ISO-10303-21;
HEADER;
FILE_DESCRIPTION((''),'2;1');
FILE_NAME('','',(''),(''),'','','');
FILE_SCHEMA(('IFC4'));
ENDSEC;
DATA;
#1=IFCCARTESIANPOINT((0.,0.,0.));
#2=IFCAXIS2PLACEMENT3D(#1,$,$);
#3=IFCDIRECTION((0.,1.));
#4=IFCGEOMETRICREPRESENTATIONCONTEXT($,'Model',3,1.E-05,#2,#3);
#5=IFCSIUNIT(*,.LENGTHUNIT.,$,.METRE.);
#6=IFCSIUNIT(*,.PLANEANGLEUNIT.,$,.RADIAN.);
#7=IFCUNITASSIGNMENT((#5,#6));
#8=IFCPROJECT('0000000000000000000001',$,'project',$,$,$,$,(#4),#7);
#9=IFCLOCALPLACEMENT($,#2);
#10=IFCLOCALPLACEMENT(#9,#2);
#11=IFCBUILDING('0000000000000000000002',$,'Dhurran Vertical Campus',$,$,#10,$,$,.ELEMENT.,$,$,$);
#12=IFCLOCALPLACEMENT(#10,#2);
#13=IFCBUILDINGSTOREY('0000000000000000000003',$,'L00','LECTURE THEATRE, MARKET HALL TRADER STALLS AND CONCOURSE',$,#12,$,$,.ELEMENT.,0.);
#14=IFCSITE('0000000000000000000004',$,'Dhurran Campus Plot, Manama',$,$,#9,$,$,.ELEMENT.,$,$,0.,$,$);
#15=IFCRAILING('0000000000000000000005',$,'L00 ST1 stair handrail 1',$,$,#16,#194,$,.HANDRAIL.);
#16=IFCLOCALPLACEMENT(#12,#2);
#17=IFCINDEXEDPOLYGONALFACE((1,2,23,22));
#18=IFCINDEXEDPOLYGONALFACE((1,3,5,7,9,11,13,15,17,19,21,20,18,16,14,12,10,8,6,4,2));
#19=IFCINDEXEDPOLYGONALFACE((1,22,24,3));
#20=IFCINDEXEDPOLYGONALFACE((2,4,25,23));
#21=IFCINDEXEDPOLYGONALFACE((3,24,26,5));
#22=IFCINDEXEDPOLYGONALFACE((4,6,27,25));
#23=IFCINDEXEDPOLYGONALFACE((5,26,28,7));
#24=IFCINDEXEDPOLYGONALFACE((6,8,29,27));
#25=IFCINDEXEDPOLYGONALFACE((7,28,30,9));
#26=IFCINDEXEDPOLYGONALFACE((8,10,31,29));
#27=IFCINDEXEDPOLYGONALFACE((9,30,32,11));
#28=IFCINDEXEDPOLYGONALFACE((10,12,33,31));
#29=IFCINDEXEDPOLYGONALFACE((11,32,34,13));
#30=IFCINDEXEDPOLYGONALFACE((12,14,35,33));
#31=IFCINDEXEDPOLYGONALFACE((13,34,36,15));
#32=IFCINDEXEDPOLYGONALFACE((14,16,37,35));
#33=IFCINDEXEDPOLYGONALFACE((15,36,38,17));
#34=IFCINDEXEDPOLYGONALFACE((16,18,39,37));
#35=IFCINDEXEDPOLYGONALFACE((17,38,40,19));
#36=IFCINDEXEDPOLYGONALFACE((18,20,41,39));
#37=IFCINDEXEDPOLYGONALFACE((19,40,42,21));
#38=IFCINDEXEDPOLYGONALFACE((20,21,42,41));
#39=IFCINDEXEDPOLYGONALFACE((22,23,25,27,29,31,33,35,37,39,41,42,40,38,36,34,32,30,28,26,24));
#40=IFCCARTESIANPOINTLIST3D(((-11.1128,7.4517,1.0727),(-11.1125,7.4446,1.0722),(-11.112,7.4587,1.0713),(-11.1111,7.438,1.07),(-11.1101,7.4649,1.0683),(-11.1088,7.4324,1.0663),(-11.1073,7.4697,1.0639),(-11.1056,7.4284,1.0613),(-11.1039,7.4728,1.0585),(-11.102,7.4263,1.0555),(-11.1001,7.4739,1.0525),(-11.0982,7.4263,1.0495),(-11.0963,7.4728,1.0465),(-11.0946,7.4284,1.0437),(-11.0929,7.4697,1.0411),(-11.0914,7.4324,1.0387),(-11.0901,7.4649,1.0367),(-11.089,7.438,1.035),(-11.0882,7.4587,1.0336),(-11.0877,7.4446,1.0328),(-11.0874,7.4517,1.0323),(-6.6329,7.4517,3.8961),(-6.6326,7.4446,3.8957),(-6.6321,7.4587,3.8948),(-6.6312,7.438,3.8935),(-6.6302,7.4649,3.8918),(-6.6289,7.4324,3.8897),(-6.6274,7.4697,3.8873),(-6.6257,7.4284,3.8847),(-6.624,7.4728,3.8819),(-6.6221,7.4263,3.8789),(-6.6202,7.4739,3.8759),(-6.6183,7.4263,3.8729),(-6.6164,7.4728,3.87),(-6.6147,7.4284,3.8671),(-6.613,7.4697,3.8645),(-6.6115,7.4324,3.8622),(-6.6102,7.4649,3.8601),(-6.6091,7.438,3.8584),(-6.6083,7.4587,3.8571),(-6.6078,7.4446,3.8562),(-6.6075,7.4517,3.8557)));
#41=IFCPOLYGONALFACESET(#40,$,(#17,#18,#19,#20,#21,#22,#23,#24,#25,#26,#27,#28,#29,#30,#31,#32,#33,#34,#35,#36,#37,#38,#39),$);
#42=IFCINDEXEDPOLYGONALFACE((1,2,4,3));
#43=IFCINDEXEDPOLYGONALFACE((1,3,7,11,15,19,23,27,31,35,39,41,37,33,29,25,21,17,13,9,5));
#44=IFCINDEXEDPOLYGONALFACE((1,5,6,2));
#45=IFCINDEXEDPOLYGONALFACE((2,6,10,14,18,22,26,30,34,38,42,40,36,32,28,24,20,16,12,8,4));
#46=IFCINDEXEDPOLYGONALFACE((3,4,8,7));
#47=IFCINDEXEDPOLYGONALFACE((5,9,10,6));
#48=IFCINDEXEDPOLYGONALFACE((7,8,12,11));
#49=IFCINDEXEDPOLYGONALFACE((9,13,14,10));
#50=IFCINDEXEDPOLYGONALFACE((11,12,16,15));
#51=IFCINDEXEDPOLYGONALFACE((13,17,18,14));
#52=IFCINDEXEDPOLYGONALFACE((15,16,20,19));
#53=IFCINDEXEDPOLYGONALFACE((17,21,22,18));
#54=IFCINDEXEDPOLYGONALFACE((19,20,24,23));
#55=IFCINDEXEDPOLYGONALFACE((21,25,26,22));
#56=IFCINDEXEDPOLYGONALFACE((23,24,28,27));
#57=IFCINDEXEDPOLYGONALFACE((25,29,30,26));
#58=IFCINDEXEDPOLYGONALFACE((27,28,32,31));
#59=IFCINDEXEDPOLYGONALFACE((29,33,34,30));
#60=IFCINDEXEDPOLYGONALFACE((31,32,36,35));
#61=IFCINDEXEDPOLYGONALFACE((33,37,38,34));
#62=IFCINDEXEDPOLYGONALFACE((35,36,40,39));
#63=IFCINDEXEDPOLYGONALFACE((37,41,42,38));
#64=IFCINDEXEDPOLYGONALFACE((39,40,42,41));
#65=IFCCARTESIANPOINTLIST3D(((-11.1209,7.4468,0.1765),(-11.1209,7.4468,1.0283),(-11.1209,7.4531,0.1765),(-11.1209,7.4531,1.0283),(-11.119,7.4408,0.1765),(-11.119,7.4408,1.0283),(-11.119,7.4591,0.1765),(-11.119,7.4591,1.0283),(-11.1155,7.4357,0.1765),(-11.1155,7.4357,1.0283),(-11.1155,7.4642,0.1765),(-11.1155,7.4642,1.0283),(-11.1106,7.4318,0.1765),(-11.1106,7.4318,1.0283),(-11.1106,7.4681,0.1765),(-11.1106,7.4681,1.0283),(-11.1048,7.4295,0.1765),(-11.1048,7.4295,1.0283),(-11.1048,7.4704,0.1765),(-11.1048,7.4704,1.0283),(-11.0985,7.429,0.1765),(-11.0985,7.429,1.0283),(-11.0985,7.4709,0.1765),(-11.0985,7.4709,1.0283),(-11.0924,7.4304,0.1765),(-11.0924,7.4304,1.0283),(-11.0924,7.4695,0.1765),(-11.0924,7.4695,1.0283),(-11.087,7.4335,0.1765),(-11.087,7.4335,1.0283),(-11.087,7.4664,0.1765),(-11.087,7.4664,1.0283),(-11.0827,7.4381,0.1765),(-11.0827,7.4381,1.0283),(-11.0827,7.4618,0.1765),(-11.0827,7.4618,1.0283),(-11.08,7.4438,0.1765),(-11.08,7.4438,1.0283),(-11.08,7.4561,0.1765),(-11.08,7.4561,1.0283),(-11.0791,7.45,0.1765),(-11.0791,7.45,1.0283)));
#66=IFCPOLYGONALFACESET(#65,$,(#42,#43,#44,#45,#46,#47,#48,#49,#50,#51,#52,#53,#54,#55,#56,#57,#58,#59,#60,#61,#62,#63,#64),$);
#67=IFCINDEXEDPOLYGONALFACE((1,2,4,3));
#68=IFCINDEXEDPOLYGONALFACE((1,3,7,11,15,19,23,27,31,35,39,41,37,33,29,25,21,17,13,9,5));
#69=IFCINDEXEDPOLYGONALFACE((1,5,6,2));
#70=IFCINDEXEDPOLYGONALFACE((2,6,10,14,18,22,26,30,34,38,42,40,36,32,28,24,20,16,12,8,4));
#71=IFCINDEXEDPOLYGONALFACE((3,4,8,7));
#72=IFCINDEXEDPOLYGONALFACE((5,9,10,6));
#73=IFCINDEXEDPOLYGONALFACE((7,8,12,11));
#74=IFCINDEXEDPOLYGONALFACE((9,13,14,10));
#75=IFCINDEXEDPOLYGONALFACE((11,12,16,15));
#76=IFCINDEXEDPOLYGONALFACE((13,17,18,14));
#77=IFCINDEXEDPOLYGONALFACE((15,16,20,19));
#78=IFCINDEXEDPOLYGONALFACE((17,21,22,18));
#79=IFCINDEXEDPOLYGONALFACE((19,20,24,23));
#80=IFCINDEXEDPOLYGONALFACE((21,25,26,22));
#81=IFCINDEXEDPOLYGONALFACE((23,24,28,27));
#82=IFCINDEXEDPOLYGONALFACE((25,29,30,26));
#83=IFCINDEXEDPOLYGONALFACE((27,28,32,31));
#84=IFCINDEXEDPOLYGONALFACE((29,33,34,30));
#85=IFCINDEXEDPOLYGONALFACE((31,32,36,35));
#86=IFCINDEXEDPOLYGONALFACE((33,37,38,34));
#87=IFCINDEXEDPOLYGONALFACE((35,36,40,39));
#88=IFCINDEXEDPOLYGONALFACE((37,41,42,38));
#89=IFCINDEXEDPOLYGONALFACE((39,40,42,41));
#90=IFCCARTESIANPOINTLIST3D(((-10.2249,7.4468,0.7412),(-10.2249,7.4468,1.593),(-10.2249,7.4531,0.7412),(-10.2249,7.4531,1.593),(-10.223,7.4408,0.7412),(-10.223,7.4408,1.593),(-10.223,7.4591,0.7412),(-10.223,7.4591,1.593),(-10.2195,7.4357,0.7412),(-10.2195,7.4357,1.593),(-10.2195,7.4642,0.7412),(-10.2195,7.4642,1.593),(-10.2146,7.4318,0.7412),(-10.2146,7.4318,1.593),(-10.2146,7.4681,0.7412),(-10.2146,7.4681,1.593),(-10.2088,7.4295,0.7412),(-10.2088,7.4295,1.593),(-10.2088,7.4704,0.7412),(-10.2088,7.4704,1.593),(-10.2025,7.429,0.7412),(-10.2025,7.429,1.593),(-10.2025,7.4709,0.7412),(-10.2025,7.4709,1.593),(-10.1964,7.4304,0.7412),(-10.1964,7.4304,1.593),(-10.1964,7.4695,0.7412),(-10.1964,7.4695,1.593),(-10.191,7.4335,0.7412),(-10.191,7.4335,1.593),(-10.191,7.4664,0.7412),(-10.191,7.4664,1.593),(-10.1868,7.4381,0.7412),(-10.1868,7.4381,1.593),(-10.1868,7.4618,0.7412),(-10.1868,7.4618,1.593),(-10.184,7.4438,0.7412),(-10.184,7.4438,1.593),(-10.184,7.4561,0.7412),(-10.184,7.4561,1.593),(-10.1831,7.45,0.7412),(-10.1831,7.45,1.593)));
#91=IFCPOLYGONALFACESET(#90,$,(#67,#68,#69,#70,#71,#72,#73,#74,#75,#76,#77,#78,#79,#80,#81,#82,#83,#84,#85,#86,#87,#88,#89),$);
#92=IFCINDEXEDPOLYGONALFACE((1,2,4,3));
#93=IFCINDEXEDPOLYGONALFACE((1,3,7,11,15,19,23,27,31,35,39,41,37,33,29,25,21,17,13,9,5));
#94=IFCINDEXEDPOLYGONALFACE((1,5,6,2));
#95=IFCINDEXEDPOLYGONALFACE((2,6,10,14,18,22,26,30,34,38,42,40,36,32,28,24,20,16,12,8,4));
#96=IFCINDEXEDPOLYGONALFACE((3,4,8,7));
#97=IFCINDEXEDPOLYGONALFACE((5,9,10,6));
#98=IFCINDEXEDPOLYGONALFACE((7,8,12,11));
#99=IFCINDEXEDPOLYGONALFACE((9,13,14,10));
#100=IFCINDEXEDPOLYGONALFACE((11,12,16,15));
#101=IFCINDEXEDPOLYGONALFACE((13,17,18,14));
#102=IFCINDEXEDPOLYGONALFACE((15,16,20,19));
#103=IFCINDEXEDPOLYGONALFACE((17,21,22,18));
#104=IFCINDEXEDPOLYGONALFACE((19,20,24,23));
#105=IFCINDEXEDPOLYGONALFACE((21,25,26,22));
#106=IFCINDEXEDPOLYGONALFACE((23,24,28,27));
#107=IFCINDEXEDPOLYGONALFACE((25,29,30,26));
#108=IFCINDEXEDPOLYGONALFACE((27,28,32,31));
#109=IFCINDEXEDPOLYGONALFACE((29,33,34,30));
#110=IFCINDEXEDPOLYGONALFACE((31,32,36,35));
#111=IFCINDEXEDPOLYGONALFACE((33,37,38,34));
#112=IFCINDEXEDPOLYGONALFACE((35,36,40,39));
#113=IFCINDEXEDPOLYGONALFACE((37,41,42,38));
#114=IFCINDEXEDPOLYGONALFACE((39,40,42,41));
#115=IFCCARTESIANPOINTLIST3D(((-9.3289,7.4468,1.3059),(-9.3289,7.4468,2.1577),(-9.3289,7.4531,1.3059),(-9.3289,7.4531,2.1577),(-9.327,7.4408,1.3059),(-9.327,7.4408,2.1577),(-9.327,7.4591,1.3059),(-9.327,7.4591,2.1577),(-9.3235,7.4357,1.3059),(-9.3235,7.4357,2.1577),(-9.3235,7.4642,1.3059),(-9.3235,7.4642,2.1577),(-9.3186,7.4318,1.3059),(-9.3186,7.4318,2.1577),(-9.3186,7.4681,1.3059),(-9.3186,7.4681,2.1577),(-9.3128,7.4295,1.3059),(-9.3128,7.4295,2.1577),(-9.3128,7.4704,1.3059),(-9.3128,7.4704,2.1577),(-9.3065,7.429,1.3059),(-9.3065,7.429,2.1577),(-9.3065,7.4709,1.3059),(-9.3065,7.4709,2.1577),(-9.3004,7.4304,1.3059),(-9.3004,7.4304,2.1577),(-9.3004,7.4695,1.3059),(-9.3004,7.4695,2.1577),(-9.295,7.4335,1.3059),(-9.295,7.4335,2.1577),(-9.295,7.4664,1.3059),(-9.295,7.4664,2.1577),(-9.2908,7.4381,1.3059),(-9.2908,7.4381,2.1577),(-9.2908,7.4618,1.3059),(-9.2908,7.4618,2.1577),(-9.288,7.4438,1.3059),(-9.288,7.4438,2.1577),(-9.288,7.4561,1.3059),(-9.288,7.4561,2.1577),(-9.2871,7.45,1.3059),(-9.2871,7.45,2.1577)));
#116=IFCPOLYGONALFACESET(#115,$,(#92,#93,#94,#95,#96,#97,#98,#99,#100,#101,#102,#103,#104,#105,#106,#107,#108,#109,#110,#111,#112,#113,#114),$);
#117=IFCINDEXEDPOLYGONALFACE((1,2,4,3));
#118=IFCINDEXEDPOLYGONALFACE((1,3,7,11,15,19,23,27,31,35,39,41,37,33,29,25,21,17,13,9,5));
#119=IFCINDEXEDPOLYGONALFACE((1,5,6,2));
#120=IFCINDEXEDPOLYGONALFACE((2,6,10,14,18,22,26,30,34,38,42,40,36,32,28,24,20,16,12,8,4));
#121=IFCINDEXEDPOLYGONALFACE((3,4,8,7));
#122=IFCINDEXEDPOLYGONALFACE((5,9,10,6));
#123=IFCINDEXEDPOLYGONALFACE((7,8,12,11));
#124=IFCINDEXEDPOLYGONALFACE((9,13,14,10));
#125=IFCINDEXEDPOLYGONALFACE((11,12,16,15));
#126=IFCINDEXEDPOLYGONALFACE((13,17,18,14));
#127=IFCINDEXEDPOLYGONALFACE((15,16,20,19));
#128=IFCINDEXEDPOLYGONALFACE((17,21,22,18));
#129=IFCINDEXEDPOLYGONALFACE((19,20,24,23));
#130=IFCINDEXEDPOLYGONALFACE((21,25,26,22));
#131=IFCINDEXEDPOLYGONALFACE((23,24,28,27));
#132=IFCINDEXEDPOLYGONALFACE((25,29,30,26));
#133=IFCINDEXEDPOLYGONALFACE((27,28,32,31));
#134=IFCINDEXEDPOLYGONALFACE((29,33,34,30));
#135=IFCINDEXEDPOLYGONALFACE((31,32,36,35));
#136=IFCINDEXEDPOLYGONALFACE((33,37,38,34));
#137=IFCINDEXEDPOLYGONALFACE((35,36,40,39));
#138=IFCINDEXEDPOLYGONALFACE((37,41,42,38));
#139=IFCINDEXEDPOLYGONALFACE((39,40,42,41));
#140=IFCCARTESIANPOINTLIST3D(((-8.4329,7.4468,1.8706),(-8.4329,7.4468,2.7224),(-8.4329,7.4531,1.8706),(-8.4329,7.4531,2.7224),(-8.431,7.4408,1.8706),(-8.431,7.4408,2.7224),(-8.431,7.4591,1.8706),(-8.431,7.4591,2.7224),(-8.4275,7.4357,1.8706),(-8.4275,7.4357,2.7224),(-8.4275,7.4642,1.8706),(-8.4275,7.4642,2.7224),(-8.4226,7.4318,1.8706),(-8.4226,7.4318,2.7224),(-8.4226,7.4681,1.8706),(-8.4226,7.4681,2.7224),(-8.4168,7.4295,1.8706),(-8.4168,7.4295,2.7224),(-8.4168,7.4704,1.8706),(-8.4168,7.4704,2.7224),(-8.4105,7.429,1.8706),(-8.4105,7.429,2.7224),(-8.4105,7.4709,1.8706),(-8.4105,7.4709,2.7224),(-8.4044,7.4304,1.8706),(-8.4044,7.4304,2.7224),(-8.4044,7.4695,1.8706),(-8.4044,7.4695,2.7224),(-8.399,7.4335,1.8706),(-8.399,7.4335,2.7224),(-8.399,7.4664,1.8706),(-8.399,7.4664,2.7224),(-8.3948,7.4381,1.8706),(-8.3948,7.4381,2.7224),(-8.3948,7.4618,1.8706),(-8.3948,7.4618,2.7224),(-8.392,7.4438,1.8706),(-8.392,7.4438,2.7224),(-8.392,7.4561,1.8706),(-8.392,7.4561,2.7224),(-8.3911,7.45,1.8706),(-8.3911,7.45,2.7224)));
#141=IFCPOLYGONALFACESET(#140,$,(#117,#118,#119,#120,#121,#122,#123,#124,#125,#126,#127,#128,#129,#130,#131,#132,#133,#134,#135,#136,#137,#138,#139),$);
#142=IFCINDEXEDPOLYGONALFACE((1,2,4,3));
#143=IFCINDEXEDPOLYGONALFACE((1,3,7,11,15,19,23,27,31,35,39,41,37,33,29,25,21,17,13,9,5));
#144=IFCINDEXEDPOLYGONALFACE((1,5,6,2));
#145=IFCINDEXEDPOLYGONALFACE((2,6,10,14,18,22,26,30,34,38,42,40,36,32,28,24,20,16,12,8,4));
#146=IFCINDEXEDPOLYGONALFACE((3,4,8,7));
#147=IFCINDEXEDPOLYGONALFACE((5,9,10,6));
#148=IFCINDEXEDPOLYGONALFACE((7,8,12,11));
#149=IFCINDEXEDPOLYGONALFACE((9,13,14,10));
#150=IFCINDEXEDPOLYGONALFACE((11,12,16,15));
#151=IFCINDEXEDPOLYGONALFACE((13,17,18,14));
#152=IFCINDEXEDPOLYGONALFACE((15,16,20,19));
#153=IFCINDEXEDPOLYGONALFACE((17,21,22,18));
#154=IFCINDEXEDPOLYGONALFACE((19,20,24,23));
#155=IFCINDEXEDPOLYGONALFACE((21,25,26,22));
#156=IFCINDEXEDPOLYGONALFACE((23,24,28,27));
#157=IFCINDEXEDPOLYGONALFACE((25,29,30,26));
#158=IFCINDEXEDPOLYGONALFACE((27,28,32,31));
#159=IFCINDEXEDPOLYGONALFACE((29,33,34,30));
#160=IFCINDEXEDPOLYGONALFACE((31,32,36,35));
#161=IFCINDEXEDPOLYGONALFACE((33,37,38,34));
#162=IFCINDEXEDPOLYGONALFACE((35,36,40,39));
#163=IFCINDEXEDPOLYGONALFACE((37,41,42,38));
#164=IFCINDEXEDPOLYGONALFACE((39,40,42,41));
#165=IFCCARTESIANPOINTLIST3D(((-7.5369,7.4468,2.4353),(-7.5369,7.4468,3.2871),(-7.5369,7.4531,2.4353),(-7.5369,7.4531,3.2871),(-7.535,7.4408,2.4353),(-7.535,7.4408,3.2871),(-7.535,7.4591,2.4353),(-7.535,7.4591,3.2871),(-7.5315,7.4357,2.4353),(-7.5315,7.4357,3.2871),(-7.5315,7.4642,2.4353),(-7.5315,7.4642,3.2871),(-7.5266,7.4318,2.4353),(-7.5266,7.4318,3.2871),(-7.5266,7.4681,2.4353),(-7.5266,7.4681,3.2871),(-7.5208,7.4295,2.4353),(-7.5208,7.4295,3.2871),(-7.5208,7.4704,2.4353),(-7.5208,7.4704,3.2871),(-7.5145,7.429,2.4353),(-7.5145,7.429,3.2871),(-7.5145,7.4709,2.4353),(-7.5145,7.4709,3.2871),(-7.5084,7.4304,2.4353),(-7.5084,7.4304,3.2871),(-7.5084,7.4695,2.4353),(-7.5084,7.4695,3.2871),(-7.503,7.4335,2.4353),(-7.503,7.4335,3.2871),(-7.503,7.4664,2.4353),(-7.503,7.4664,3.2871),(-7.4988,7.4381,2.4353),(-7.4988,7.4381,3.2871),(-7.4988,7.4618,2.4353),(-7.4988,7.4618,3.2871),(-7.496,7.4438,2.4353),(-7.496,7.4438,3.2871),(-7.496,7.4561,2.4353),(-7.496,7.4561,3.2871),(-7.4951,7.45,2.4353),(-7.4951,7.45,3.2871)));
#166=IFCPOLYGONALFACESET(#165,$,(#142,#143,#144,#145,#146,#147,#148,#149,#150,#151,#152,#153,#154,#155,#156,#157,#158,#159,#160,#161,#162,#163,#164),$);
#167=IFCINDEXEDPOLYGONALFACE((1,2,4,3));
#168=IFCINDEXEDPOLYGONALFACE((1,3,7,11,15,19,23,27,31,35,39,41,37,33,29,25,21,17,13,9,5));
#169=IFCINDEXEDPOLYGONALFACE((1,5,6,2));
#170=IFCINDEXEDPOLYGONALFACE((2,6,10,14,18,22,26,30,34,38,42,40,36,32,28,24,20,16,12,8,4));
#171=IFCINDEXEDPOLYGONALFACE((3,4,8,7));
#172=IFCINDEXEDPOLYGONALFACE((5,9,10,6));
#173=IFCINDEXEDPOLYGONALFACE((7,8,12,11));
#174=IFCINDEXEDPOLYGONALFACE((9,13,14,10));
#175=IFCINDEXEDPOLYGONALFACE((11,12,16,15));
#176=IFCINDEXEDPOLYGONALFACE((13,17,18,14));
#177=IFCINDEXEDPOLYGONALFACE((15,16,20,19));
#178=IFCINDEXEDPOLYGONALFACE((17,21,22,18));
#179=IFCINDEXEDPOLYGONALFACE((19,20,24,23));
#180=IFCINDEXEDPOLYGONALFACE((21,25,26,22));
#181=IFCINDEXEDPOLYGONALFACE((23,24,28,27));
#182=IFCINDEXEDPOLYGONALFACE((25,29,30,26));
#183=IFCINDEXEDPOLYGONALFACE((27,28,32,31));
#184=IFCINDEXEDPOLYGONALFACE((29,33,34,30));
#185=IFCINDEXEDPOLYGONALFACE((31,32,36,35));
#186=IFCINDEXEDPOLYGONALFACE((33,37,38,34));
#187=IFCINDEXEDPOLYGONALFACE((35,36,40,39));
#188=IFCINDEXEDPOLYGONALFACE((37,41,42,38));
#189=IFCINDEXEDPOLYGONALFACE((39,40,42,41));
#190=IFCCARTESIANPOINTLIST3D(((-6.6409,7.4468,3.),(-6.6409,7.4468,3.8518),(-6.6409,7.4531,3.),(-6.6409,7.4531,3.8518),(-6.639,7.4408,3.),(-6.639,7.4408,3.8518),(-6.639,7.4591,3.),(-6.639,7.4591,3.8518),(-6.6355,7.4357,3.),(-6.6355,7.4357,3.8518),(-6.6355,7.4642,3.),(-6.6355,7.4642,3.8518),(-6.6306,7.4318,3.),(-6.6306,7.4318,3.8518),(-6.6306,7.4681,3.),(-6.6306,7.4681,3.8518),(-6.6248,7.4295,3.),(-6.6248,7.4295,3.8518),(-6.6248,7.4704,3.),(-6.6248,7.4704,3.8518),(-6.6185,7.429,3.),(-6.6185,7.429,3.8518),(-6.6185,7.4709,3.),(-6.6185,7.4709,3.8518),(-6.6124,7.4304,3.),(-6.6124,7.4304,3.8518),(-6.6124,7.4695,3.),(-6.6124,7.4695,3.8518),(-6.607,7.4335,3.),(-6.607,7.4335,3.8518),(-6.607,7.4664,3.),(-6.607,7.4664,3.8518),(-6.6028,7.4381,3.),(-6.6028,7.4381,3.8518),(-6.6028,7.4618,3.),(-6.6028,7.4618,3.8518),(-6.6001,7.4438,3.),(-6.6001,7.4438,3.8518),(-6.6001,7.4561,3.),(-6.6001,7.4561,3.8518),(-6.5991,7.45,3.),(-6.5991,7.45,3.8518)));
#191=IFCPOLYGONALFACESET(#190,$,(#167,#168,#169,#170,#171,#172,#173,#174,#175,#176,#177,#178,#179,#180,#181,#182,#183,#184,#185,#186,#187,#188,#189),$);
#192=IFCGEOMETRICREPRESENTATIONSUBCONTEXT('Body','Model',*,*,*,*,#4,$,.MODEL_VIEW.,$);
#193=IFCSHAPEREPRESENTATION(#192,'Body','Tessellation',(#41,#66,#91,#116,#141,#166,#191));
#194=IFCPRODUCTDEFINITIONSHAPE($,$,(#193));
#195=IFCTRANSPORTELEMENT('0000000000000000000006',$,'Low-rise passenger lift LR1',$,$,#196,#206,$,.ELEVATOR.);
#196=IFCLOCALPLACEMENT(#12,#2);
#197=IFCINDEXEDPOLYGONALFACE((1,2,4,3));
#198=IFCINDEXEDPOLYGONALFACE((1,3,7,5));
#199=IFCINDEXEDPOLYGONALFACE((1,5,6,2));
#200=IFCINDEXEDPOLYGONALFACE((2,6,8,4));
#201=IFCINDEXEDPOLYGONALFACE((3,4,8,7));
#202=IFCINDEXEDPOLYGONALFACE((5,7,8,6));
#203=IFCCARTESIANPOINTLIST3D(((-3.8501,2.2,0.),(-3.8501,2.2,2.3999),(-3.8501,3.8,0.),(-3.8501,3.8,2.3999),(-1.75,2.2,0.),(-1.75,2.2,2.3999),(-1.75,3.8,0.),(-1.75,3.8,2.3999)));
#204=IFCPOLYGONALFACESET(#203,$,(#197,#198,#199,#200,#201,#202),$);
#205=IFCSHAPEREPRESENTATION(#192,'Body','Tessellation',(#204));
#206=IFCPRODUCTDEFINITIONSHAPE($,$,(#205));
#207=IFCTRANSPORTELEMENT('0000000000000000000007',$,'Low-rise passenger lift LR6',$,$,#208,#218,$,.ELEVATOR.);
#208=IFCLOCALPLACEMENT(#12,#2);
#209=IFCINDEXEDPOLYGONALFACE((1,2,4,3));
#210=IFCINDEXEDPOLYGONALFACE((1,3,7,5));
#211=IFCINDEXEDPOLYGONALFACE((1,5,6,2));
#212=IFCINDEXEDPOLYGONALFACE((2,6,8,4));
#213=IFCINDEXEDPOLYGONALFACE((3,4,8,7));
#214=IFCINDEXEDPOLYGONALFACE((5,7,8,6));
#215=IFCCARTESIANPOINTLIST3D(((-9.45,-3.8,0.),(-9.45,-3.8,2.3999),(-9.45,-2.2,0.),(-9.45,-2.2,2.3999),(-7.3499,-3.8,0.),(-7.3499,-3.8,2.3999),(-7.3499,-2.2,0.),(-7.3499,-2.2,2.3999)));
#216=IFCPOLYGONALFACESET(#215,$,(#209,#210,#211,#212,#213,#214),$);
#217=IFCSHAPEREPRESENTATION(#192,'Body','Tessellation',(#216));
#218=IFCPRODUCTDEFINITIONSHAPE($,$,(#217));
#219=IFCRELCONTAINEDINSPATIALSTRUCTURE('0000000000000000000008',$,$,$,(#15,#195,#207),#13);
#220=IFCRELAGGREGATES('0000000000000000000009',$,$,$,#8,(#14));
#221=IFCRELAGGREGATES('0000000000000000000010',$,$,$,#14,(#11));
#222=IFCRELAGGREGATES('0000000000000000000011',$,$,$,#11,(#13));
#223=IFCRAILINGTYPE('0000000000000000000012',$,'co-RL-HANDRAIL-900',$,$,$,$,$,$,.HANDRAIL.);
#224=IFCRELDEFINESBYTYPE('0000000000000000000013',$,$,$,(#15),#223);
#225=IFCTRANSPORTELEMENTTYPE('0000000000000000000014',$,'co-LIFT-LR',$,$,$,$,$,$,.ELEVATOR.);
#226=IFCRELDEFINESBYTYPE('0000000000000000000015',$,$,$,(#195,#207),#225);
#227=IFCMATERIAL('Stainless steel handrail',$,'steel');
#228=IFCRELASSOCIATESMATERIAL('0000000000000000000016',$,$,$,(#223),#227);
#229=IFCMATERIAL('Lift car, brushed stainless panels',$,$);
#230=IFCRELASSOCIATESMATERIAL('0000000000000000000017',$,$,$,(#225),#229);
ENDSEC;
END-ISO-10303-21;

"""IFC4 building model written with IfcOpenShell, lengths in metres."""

from ifc_helpers import new_model, si_unit, direction, frame, origin, origin_2d, place, context, subcontext, project, spatial, rectangle, circle, extrude, material, type_object, element, save


model = new_model("IFC4")

# Units and contexts
model_context = context("Model", 3, precision=1e-05, world=origin(), true_north=direction((0.0, 1.0)))
body_context = subcontext(model_context, "Body", "Model", "MODEL_VIEW")
ifc_project = project(units=[si_unit("LENGTHUNIT", "METRE"), si_unit("PLANEANGLEUNIT", "RADIAN")], contexts=[model_context])

# Site, building, storey
site_placement = place(None, origin())
site = spatial("IfcSite", under=ifc_project, at=site_placement, Name="Dhurran Campus Plot, Manama", CompositionType="ELEMENT", RefElevation=0.0)
building_placement = place(site_placement, origin())
building = spatial("IfcBuilding", under=site, at=building_placement, Name="Dhurran Vertical Campus", CompositionType="ELEMENT")
storey_placement = place(building_placement, origin())
storey = spatial("IfcBuildingStorey", under=building, at=storey_placement, Name="L00", Description="LECTURE THEATRE, MARKET HALL TRADER STALLS AND CONCOURSE", CompositionType="ELEMENT", Elevation=0.0)

# Railing
ifc_material_1 = material(Name="Stainless steel handrail", Category="steel")
railing_type = type_object("IfcRailingType", Name="co-RL-HANDRAIL-900", PredefinedType="HANDRAIL", material=ifc_material_1)
railing_placement = place(storey_placement, frame((-11.1001, 7.45, 0.1765)))
element("IfcRailing", 1, at=railing_placement, inside=storey, type_object=railing_type, Name="L00 ST1 stair handrail 1", PredefinedType="HANDRAIL", context=body_context, shape_type="SweptSolid", body=[
    extrude(circle(Radius=0.0239, at=origin_2d()), frame((0.0, 0.0, 0.876), z_axis=(0.845998, 0.0, 0.533186), x_axis=(0.0, 1.0, 0.0)), (0.0, 0.0, 1.0), 5.2954),
    extrude(circle(Radius=0.021, at=origin_2d()), origin(), (0.0, 0.0, 1.0), 0.8518),
    extrude(circle(Radius=0.021, at=origin_2d()), frame((0.896, 0.0, 0.5647)), (0.0, 0.0, 1.0), 0.8518),
    extrude(circle(Radius=0.021, at=origin_2d()), frame((1.792, 0.0, 1.1294)), (0.0, 0.0, 1.0), 0.8518),
    extrude(circle(Radius=0.021, at=origin_2d()), frame((2.688, 0.0, 1.6941)), (0.0, 0.0, 1.0), 0.8518),
    extrude(circle(Radius=0.021, at=origin_2d()), frame((3.584, 0.0, 2.2588)), (0.0, 0.0, 1.0), 0.8518),
    extrude(circle(Radius=0.021, at=origin_2d()), frame((4.48, 0.0, 2.8235)), (0.0, 0.0, 1.0), 0.8518),
])

# Transport elements
ifc_material_2 = material(Name="Lift car, brushed stainless panels")
transport_element_type_1 = type_object("IfcTransportElementType", Name="co-LIFT-LR", PredefinedType="ELEVATOR", material=ifc_material_2)
for number, where, z_axis, x_axis, name in (
    (2, (-2.8, 3.0, 0.0), (0.0, 0.0, 1.0), (1.0, 0.0, 0.0), "Low-rise passenger lift LR1"),
    (3, (-8.3999, -3.0, 0.0), (0.0, 0.0, 1.0), (1.0, 0.0, 0.0), "Low-rise passenger lift LR6"),
):
    element("IfcTransportElement", number, at=place(storey_placement, frame(where, z_axis=z_axis, x_axis=x_axis)), inside=storey, type_object=transport_element_type_1, Name=name, PredefinedType="ELEVATOR", context=body_context, shape_type="SweptSolid", body=[
        extrude(rectangle(XDim=2.1001, YDim=1.6001, at=origin_2d()), origin(), (0.0, 0.0, 1.0), 2.3999),
    ])

save(model, "model.ifc")
